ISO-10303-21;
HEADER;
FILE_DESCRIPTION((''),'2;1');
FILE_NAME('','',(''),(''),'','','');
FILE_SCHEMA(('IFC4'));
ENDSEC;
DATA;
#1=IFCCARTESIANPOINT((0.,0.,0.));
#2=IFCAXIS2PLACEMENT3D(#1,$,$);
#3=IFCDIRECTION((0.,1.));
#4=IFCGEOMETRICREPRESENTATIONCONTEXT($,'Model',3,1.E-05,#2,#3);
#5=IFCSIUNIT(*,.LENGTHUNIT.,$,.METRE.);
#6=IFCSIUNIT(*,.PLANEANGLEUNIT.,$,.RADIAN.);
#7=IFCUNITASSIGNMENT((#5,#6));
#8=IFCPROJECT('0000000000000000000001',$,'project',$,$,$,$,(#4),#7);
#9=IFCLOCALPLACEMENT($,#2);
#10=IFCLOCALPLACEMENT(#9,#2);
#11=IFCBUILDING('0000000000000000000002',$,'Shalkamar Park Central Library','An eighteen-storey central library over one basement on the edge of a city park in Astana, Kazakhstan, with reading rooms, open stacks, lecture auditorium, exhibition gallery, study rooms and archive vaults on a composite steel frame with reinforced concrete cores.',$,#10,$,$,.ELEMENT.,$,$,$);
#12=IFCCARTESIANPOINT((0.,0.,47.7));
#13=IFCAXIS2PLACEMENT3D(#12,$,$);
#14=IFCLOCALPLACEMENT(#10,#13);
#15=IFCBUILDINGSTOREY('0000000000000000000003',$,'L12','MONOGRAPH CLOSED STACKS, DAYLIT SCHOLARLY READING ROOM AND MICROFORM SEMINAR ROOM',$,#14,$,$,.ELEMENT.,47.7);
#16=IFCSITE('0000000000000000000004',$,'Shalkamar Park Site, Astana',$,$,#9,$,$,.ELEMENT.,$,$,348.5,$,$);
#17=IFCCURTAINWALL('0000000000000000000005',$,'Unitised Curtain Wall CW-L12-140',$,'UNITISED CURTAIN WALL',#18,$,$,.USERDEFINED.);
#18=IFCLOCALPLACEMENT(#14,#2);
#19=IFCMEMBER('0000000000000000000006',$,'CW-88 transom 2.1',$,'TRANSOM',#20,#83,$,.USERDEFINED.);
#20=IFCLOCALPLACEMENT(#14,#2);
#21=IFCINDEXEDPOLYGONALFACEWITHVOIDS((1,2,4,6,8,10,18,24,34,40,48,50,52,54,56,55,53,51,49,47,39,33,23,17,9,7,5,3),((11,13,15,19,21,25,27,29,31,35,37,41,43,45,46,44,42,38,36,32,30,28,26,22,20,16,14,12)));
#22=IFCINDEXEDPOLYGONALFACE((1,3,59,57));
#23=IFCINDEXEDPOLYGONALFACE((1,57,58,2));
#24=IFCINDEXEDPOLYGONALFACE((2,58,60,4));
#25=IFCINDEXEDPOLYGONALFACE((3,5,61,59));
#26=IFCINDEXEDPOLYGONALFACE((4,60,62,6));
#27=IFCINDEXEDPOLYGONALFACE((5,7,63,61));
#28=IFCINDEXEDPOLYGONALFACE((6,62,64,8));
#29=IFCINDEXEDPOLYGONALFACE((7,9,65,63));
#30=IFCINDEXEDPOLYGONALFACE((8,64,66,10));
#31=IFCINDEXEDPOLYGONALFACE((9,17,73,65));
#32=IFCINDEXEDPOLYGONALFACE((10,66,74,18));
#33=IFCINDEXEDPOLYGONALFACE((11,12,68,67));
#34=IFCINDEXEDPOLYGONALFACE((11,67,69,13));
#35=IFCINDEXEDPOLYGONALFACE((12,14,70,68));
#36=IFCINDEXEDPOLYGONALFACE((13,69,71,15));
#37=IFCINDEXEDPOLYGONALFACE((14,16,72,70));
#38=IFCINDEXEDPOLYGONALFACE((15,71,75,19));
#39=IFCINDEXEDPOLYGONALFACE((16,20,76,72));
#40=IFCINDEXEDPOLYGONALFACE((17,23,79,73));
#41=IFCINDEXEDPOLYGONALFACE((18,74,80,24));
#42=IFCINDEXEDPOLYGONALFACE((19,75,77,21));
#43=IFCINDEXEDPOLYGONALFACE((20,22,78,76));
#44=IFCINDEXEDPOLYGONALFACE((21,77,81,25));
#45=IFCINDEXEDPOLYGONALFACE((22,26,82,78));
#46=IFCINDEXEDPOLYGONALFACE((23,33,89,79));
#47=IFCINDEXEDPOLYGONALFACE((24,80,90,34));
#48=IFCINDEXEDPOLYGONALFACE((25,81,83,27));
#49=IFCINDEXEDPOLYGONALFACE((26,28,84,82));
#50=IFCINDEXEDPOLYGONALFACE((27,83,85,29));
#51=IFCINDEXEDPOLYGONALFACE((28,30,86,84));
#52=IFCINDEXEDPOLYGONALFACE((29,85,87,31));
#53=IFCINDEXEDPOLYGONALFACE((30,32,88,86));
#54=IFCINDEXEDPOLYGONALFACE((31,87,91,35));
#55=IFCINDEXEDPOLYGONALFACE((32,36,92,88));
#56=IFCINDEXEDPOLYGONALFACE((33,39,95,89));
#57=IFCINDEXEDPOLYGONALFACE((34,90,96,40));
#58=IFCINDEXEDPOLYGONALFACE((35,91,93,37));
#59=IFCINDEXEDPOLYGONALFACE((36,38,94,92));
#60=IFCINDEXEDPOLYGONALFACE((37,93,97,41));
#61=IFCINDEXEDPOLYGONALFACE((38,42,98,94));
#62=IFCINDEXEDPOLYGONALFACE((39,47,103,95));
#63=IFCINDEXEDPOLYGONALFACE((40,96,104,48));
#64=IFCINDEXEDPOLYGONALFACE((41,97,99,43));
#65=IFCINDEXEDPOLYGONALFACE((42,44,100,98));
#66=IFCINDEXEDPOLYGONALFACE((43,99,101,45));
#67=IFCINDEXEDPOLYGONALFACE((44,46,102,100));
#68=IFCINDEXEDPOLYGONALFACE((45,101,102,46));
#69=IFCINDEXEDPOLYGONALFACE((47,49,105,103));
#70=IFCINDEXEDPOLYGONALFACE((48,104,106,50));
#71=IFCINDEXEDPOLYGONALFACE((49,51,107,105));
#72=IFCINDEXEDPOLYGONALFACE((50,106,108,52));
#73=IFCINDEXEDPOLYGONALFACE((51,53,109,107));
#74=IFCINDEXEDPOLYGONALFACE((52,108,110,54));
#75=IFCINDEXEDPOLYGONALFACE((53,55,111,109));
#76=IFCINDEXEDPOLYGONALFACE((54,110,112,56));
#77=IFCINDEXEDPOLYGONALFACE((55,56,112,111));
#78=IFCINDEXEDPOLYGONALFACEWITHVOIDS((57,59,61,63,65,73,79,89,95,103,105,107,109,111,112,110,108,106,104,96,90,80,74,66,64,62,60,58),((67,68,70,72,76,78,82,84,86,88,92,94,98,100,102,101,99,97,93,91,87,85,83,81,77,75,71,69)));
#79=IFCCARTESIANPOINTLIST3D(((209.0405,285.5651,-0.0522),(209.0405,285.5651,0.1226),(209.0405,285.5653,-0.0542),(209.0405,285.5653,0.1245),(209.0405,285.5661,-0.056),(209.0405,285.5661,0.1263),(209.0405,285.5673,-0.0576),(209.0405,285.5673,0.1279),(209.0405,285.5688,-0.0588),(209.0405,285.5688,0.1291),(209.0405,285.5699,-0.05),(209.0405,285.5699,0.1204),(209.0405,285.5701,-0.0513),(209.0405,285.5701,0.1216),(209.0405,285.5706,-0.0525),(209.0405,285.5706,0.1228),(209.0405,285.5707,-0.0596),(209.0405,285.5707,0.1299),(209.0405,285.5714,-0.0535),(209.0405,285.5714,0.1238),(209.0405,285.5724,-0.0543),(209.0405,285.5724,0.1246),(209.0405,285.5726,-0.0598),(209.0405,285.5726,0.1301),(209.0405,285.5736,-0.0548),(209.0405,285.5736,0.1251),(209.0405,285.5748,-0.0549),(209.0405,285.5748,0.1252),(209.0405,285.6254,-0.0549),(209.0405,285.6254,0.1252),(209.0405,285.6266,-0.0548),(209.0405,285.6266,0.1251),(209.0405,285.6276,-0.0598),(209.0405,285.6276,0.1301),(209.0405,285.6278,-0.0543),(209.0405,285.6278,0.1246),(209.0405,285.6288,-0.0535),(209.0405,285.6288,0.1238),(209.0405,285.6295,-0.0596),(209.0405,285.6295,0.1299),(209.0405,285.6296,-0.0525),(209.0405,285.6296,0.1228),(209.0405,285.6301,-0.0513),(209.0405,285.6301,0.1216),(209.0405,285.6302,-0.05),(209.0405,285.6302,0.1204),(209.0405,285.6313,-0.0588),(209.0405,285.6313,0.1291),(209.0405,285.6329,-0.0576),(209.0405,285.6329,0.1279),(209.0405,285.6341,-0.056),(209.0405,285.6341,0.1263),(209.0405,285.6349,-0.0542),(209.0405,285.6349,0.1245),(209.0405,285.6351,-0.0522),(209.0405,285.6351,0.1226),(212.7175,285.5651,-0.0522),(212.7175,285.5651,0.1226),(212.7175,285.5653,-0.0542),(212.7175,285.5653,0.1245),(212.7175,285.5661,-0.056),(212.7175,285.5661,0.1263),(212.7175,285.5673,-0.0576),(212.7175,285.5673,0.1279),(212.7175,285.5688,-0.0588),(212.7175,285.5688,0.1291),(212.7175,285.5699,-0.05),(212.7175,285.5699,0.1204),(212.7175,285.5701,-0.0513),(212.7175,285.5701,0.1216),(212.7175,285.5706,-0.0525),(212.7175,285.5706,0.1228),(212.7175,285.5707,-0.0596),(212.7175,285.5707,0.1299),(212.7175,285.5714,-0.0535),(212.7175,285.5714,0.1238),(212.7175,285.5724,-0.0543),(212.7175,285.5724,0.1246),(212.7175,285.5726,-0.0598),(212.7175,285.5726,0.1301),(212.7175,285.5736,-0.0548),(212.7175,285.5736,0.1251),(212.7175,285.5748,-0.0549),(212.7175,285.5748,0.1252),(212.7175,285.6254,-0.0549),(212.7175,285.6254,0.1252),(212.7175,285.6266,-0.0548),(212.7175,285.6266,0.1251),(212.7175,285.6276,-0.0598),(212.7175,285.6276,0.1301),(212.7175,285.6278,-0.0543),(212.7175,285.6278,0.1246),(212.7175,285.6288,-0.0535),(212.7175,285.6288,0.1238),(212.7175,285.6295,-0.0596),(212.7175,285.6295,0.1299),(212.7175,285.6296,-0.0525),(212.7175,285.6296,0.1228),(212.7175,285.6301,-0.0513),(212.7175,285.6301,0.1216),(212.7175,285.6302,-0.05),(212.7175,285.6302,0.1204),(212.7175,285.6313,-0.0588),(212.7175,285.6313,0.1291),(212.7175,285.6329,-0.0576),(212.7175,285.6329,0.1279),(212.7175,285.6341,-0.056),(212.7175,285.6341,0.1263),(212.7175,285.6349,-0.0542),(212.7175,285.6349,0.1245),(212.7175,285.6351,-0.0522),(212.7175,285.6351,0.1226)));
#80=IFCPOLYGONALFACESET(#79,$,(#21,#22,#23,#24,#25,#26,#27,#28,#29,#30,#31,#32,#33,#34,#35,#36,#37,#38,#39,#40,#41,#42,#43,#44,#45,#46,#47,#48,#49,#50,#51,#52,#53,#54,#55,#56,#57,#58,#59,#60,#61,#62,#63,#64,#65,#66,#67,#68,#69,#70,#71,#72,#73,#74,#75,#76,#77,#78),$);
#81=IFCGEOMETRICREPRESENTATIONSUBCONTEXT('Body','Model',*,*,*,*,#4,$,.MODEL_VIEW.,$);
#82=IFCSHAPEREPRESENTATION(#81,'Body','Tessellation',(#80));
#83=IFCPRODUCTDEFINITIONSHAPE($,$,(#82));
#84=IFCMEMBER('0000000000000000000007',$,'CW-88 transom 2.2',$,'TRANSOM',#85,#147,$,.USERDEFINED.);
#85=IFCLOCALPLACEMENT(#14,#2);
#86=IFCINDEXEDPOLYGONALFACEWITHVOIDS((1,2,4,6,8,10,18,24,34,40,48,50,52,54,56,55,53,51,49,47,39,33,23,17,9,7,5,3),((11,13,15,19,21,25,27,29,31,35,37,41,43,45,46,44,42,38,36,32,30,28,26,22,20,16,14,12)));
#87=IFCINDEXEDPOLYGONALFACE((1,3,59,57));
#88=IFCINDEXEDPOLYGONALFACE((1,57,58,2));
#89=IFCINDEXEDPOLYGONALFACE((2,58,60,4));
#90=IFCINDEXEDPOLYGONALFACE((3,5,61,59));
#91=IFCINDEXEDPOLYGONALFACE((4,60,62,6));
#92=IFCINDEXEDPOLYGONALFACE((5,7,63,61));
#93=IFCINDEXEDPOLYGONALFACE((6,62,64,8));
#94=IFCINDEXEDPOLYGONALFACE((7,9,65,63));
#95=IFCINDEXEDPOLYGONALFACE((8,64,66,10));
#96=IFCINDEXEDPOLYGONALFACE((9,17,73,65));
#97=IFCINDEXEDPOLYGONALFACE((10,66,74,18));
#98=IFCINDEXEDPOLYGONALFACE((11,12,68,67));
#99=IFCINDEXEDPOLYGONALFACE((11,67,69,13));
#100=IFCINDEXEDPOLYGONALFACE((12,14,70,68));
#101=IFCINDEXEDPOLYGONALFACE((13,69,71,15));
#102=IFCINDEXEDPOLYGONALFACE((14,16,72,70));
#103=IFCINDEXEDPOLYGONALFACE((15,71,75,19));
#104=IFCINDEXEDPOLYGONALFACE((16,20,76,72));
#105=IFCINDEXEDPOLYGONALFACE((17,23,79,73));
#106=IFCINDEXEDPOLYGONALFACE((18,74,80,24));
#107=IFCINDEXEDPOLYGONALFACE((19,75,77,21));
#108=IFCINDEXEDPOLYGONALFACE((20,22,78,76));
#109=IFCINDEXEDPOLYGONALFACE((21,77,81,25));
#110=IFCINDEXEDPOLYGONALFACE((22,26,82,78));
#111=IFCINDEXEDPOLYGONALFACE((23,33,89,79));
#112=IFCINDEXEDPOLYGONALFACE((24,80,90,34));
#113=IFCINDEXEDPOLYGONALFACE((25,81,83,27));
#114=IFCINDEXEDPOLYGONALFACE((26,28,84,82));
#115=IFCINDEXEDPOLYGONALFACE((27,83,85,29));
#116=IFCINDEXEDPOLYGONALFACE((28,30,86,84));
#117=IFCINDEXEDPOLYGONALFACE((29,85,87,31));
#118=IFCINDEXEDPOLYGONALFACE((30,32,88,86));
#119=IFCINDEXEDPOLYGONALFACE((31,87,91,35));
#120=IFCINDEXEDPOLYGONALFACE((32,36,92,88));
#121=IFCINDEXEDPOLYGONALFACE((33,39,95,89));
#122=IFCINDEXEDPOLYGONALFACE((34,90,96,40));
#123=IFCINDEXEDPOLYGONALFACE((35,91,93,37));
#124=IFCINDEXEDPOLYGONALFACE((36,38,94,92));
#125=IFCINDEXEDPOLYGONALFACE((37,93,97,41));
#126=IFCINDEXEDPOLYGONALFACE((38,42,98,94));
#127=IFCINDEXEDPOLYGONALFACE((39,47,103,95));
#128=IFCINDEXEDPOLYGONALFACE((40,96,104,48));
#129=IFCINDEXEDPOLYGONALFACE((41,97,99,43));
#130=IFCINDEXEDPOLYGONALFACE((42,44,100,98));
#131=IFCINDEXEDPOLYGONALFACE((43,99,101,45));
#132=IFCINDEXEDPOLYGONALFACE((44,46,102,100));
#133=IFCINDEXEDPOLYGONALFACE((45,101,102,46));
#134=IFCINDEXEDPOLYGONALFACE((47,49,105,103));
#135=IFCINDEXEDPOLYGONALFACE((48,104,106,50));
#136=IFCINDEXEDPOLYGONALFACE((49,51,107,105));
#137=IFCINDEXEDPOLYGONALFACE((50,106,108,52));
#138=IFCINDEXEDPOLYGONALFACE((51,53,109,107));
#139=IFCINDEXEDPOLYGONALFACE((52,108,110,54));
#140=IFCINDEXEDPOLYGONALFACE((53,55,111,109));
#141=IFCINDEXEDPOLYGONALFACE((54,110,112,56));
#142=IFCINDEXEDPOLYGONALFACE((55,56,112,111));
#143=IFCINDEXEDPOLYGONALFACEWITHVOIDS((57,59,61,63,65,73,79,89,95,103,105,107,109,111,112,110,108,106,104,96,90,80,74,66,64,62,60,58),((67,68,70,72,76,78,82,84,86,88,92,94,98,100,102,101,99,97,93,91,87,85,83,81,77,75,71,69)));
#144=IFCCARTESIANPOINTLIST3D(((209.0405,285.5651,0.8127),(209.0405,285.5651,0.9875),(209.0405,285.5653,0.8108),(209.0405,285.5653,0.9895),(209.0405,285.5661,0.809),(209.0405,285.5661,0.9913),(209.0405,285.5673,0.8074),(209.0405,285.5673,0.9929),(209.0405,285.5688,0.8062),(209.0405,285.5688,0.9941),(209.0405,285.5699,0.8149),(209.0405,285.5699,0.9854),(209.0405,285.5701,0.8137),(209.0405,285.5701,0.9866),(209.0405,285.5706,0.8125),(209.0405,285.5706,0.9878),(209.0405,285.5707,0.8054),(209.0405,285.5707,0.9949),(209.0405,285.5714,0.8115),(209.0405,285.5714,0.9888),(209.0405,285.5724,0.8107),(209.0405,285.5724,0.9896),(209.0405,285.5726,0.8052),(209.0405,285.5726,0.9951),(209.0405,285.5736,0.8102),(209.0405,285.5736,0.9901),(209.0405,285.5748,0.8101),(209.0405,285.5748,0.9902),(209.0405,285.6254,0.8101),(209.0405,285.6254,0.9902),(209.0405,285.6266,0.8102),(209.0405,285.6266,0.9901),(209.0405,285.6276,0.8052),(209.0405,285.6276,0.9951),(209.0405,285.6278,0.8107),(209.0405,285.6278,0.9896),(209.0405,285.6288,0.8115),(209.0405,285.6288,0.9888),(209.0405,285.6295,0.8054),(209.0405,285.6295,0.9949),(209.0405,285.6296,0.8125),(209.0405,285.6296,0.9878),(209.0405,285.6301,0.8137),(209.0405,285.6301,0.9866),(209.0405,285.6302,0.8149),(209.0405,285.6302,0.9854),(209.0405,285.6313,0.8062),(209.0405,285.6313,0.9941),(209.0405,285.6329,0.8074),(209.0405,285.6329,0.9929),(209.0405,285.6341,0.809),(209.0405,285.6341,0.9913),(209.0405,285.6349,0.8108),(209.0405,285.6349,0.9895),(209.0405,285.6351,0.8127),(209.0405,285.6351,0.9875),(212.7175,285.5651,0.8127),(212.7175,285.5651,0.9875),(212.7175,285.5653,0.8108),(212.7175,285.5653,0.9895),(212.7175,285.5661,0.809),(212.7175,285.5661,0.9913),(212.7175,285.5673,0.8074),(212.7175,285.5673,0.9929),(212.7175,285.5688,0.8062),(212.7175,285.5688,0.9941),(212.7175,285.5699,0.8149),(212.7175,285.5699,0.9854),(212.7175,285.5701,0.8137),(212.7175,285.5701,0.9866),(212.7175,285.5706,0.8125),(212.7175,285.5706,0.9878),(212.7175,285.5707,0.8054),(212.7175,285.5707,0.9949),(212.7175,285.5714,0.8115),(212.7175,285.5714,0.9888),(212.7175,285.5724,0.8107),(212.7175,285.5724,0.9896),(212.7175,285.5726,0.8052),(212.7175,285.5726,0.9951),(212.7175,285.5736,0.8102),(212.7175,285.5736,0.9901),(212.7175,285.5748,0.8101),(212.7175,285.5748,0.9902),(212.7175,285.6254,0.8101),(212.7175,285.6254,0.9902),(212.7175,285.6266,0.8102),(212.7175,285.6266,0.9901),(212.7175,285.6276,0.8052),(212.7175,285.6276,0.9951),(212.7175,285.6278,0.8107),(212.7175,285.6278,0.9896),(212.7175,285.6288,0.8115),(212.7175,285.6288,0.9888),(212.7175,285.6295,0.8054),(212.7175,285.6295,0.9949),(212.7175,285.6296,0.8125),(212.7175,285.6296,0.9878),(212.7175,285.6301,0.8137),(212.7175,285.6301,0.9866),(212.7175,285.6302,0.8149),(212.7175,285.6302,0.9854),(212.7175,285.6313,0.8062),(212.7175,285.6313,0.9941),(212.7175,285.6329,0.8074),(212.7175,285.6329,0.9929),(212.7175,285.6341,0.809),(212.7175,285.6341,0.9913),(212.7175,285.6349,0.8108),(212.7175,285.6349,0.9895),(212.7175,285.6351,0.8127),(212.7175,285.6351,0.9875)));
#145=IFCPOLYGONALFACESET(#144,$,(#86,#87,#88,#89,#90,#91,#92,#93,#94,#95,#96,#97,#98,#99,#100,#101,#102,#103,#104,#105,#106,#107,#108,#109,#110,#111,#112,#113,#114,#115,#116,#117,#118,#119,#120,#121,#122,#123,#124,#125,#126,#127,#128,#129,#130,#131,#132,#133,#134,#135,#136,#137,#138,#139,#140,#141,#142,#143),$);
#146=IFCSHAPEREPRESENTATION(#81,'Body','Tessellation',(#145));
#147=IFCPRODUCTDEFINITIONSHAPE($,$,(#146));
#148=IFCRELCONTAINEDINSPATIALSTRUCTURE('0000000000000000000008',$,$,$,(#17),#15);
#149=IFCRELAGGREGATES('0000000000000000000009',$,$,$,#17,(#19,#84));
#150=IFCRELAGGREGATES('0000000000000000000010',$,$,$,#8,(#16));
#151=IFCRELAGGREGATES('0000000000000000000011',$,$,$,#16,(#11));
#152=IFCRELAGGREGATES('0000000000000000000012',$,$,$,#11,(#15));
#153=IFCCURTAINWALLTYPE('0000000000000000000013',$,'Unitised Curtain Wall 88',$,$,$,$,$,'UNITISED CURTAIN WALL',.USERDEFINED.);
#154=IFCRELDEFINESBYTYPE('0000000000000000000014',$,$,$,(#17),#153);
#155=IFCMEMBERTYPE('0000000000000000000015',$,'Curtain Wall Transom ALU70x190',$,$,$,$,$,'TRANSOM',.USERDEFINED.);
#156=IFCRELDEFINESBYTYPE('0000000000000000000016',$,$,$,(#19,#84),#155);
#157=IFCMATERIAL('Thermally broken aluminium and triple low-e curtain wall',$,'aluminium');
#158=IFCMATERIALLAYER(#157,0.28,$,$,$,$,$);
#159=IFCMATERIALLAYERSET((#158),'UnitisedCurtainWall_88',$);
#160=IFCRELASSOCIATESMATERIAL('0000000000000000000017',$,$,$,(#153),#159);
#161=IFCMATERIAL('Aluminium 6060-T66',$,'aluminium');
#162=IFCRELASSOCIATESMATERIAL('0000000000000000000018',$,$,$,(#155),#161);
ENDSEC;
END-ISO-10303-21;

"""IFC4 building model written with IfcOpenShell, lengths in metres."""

from ifc_helpers import new_model, si_unit, direction, frame, origin, origin_2d, place, context, subcontext, project, spatial, hollow_rectangle, extrude, material, layer, layer_set, material_profile, profile_set, type_object, element, aggregate, save


model = new_model("IFC4")

# Units and contexts
model_context = context("Model", 3, precision=1e-05, world=origin(), true_north=direction((0.0, 1.0)))
body_context = subcontext(model_context, "Body", "Model", "MODEL_VIEW")
ifc_project = project(units=[si_unit("LENGTHUNIT", "METRE"), si_unit("PLANEANGLEUNIT", "RADIAN")], contexts=[model_context])

# Site, building, storey
site_placement = place(None, origin())
site = spatial("IfcSite", under=ifc_project, at=site_placement, Name="Shalkamar Park Site, Astana", CompositionType="ELEMENT", RefElevation=348.5)
building_placement = place(site_placement, origin())
building = spatial("IfcBuilding", under=site, at=building_placement, Name="Shalkamar Park Central Library", Description="An eighteen-storey central library over one basement on the edge of a city park in Astana, Kazakhstan, with reading rooms, open stacks, lecture auditorium, exhibition gallery, study rooms and archive vaults on a composite steel frame with reinforced concrete cores.", CompositionType="ELEMENT")
storey_placement = place(building_placement, frame((0.0, 0.0, 47.7)))
storey = spatial("IfcBuildingStorey", under=building, at=storey_placement, Name="L12", Description="MONOGRAPH CLOSED STACKS, DAYLIT SCHOLARLY READING ROOM AND MICROFORM SEMINAR ROOM", CompositionType="ELEMENT", Elevation=47.7)

# Curtain wall, members
ifc_material_1 = material(Name="Thermally broken aluminium and triple low-e curtain wall", Category="aluminium")
ifc_layer_1 = layer(ifc_material_1, 0.28)
ifc_layer_set_1 = layer_set([ifc_layer_1], Name="UnitisedCurtainWall_88")
curtain_wall_type = type_object("IfcCurtainWallType", Name="Unitised Curtain Wall 88", ElementType="UNITISED CURTAIN WALL", PredefinedType="USERDEFINED", material=ifc_layer_set_1)
curtain_wall_placement = place(storey_placement, origin())
curtain_wall = element("IfcCurtainWall", 1, at=curtain_wall_placement, inside=storey, type_object=curtain_wall_type, Name="Unitised Curtain Wall CW-L12-140", ObjectType="UNITISED CURTAIN WALL", PredefinedType="USERDEFINED")
ifc_material_2 = material(Name="Aluminium 6060-T66", Category="aluminium")
ifc_material_profile_1 = material_profile(ifc_material_2, hollow_rectangle(XDim=0.0701, YDim=0.1899, WallThickness=0.0049, InnerFilletRadius=0.0049, OuterFilletRadius=0.0076, at=origin_2d()), Name="ALU 70x190x5")
ifc_profile_set_1 = profile_set([ifc_material_profile_1], Name="Aluminium 6060-T66")
member_type_1 = type_object("IfcMemberType", Name="Curtain Wall Transom ALU70x190", ElementType="TRANSOM", PredefinedType="USERDEFINED", material=ifc_profile_set_1)
member_1_placement = place(storey_placement, frame((209.0405, 285.6001, 0.0352), z_axis=(1.0, 0.0, 0.0), x_axis=(0.0, 1.0, 0.0)))
member_1 = element("IfcMember", 2, at=member_1_placement, type_object=member_type_1, Name="CW-88 transom 2.1", ObjectType="TRANSOM", PredefinedType="USERDEFINED", context=body_context, shape_type="SweptSolid", body=[
    extrude(hollow_rectangle(XDim=0.0701, YDim=0.1899, WallThickness=0.0049, InnerFilletRadius=0.0049, OuterFilletRadius=0.0076, at=origin_2d()), origin(), (0.0, 0.0, 1.0), 3.677),
])
member_2_placement = place(storey_placement, frame((209.0405, 285.6001, 0.9001), z_axis=(1.0, 0.0, 0.0), x_axis=(0.0, 1.0, 0.0)))
member_2 = element("IfcMember", 3, at=member_2_placement, type_object=member_type_1, Name="CW-88 transom 2.2", ObjectType="TRANSOM", PredefinedType="USERDEFINED", context=body_context, shape_type="SweptSolid", body=[
    extrude(hollow_rectangle(XDim=0.0701, YDim=0.1899, WallThickness=0.0049, InnerFilletRadius=0.0049, OuterFilletRadius=0.0076, at=origin_2d()), origin(), (0.0, 0.0, 1.0), 3.677),
])

aggregate(curtain_wall, [member_1, member_2])

save(model, "model.ifc")
